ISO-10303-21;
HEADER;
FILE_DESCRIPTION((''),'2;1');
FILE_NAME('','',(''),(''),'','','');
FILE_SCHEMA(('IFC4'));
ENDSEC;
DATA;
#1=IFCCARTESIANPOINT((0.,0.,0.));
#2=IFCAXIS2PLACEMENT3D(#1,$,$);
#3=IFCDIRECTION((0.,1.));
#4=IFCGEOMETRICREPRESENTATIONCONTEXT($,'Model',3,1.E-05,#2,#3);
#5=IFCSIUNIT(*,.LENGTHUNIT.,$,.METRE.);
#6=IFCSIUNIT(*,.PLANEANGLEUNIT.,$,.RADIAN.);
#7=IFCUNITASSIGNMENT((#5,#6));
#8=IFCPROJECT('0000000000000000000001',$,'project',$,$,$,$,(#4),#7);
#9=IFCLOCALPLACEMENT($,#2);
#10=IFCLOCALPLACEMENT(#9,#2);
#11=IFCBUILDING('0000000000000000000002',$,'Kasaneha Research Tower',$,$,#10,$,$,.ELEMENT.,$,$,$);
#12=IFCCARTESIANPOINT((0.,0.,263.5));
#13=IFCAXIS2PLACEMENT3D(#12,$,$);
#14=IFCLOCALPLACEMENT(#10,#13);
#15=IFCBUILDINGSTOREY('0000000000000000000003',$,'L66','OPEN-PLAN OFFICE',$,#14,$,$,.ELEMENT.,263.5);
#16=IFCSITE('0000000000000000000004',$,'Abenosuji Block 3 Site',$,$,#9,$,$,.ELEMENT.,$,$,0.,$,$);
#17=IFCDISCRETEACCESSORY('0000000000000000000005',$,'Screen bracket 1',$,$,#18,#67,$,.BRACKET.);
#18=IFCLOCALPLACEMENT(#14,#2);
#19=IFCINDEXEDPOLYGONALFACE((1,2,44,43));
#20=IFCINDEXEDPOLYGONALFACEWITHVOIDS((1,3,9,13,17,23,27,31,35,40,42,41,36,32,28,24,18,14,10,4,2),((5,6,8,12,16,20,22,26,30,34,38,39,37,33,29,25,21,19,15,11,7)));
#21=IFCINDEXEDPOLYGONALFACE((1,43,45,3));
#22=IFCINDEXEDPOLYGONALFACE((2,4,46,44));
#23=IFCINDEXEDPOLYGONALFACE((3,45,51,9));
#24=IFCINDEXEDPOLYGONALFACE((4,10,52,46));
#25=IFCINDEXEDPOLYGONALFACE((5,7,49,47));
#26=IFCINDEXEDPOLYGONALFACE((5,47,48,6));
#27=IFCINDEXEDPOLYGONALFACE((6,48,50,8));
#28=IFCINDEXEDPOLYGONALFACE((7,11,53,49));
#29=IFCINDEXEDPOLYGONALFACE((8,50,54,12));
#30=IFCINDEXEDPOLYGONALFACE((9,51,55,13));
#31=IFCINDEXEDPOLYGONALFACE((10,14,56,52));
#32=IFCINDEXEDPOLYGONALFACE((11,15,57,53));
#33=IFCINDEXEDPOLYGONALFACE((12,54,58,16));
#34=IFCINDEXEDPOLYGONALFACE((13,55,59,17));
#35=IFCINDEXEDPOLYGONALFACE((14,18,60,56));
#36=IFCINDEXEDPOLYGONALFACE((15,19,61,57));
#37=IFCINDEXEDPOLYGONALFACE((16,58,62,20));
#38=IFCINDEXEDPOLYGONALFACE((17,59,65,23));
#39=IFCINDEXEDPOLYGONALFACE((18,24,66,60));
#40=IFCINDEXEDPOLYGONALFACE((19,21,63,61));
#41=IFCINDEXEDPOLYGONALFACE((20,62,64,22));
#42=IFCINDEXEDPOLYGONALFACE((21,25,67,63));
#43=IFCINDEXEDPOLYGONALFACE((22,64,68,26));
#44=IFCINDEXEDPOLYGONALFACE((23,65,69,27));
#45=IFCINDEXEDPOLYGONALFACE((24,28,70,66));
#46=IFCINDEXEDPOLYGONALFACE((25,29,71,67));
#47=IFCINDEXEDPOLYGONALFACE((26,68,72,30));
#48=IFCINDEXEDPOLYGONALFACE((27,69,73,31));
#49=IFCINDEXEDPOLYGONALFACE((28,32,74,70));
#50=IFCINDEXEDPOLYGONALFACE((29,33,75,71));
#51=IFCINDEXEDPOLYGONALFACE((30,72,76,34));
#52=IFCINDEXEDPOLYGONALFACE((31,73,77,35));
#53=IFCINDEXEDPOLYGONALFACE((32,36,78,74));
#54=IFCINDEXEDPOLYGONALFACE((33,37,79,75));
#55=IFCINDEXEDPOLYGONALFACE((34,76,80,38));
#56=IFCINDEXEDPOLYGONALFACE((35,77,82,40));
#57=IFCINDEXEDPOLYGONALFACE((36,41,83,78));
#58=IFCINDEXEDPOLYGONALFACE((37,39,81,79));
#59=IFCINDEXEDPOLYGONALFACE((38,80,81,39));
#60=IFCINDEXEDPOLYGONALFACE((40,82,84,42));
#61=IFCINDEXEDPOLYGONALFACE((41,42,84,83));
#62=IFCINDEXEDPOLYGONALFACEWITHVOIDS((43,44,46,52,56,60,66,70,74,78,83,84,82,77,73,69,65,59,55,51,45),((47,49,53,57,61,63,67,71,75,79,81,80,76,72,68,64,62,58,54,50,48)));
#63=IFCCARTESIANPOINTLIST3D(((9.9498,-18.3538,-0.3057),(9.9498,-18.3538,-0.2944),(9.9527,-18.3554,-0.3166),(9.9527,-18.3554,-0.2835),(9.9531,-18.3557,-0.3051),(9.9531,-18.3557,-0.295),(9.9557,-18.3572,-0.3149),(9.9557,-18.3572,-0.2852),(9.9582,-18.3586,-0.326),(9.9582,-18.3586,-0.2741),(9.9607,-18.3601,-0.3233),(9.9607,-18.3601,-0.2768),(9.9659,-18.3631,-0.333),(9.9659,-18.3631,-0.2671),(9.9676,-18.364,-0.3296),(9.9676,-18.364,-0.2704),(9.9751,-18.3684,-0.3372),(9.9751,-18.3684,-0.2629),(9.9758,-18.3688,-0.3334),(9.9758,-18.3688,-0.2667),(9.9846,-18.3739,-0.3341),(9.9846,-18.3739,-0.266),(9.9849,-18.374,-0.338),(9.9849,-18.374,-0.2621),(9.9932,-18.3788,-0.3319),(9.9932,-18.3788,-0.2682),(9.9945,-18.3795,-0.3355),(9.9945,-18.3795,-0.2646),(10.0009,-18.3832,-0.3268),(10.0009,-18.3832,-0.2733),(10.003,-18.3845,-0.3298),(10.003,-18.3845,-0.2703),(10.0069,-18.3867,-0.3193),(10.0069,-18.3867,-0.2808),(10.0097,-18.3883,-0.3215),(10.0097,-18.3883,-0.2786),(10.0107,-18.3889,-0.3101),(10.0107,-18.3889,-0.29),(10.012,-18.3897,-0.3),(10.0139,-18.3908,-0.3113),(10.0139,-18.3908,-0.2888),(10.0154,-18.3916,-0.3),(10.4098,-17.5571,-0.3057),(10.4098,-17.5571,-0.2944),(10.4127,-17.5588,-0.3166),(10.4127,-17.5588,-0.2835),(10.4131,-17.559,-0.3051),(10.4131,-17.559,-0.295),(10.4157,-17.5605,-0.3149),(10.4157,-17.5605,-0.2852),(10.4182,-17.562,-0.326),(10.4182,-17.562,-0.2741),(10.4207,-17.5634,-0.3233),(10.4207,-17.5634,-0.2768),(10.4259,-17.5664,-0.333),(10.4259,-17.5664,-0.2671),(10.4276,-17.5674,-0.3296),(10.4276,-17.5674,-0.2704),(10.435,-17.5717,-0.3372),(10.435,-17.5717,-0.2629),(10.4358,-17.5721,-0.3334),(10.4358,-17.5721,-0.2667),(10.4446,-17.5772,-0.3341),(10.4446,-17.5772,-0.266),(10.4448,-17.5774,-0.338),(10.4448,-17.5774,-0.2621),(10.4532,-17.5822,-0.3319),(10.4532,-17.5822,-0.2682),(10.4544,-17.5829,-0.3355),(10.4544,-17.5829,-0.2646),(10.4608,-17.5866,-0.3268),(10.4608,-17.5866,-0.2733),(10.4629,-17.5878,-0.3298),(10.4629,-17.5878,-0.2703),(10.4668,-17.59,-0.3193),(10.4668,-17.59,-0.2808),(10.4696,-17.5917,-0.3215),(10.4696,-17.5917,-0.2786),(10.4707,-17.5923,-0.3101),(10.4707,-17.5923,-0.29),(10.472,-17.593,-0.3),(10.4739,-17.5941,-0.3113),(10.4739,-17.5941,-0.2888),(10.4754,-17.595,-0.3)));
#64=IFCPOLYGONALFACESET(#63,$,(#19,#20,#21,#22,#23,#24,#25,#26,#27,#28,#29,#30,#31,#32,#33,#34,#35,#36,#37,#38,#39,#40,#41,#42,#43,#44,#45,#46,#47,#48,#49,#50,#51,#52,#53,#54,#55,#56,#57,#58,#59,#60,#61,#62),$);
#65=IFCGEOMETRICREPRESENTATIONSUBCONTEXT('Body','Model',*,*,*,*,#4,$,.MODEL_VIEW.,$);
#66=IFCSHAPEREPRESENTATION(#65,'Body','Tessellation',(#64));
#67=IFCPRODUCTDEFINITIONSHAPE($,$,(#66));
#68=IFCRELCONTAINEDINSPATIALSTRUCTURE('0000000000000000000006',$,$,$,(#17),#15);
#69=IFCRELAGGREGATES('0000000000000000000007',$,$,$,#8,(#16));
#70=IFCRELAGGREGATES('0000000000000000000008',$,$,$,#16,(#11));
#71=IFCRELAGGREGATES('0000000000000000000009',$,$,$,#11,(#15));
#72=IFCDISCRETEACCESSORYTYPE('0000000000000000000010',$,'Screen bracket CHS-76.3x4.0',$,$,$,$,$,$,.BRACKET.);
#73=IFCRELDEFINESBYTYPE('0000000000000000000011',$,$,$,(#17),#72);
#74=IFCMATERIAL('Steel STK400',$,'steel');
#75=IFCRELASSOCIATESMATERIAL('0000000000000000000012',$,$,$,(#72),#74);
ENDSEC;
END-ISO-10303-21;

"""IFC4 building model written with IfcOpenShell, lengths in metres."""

from ifc_helpers import new_model, si_unit, direction, frame, origin, origin_2d, place, context, subcontext, project, spatial, hollow_circle, extrude, material, material_profile, profile_set, type_object, element, save


model = new_model("IFC4")

# Units and contexts
model_context = context("Model", 3, precision=1e-05, world=origin(), true_north=direction((0.0, 1.0)))
body_context = subcontext(model_context, "Body", "Model", "MODEL_VIEW")
ifc_project = project(units=[si_unit("LENGTHUNIT", "METRE"), si_unit("PLANEANGLEUNIT", "RADIAN")], contexts=[model_context])

# Site, building, storey
site_placement = place(None, origin())
site = spatial("IfcSite", under=ifc_project, at=site_placement, Name="Abenosuji Block 3 Site", CompositionType="ELEMENT", RefElevation=0.0)
building_placement = place(site_placement, origin())
building = spatial("IfcBuilding", under=site, at=building_placement, Name="Kasaneha Research Tower", CompositionType="ELEMENT")
storey_placement = place(building_placement, frame((0.0, 0.0, 263.5)))
storey = spatial("IfcBuildingStorey", under=building, at=storey_placement, Name="L66", Description="OPEN-PLAN OFFICE", CompositionType="ELEMENT", Elevation=263.5)

# Discrete accessory
ifc_material_1 = material(Name="Steel STK400", Category="steel")
ifc_material_profile_1 = material_profile(ifc_material_1, hollow_circle(Radius=0.0381, WallThickness=0.0039, at=origin_2d()), Name="CHS-76.3x4.0")
ifc_profile_set_1 = profile_set([ifc_material_profile_1], Name="Steel STK400")
discrete_accessory_type = type_object("IfcDiscreteAccessoryType", Name="Screen bracket CHS-76.3x4.0", PredefinedType="BRACKET", material=ifc_profile_set_1)
for number, where, z_axis, x_axis, name in (
    (1, (10.4424, -17.5759, -0.3), (-0.500021, -0.866013, 0.0), (0.866013, -0.500021, 0.0), "Screen bracket 1"),
):
    element("IfcDiscreteAccessory", number, at=place(storey_placement, frame(where, z_axis=z_axis, x_axis=x_axis)), inside=storey, type_object=discrete_accessory_type, Name=name, PredefinedType="BRACKET", context=body_context, shape_type="SweptSolid", body=[
        extrude(hollow_circle(Radius=0.0381, WallThickness=0.0039, at=origin_2d()), origin(), (0.0, 0.0, 1.0), 0.9199),
    ])

save(model, "model.ifc")
